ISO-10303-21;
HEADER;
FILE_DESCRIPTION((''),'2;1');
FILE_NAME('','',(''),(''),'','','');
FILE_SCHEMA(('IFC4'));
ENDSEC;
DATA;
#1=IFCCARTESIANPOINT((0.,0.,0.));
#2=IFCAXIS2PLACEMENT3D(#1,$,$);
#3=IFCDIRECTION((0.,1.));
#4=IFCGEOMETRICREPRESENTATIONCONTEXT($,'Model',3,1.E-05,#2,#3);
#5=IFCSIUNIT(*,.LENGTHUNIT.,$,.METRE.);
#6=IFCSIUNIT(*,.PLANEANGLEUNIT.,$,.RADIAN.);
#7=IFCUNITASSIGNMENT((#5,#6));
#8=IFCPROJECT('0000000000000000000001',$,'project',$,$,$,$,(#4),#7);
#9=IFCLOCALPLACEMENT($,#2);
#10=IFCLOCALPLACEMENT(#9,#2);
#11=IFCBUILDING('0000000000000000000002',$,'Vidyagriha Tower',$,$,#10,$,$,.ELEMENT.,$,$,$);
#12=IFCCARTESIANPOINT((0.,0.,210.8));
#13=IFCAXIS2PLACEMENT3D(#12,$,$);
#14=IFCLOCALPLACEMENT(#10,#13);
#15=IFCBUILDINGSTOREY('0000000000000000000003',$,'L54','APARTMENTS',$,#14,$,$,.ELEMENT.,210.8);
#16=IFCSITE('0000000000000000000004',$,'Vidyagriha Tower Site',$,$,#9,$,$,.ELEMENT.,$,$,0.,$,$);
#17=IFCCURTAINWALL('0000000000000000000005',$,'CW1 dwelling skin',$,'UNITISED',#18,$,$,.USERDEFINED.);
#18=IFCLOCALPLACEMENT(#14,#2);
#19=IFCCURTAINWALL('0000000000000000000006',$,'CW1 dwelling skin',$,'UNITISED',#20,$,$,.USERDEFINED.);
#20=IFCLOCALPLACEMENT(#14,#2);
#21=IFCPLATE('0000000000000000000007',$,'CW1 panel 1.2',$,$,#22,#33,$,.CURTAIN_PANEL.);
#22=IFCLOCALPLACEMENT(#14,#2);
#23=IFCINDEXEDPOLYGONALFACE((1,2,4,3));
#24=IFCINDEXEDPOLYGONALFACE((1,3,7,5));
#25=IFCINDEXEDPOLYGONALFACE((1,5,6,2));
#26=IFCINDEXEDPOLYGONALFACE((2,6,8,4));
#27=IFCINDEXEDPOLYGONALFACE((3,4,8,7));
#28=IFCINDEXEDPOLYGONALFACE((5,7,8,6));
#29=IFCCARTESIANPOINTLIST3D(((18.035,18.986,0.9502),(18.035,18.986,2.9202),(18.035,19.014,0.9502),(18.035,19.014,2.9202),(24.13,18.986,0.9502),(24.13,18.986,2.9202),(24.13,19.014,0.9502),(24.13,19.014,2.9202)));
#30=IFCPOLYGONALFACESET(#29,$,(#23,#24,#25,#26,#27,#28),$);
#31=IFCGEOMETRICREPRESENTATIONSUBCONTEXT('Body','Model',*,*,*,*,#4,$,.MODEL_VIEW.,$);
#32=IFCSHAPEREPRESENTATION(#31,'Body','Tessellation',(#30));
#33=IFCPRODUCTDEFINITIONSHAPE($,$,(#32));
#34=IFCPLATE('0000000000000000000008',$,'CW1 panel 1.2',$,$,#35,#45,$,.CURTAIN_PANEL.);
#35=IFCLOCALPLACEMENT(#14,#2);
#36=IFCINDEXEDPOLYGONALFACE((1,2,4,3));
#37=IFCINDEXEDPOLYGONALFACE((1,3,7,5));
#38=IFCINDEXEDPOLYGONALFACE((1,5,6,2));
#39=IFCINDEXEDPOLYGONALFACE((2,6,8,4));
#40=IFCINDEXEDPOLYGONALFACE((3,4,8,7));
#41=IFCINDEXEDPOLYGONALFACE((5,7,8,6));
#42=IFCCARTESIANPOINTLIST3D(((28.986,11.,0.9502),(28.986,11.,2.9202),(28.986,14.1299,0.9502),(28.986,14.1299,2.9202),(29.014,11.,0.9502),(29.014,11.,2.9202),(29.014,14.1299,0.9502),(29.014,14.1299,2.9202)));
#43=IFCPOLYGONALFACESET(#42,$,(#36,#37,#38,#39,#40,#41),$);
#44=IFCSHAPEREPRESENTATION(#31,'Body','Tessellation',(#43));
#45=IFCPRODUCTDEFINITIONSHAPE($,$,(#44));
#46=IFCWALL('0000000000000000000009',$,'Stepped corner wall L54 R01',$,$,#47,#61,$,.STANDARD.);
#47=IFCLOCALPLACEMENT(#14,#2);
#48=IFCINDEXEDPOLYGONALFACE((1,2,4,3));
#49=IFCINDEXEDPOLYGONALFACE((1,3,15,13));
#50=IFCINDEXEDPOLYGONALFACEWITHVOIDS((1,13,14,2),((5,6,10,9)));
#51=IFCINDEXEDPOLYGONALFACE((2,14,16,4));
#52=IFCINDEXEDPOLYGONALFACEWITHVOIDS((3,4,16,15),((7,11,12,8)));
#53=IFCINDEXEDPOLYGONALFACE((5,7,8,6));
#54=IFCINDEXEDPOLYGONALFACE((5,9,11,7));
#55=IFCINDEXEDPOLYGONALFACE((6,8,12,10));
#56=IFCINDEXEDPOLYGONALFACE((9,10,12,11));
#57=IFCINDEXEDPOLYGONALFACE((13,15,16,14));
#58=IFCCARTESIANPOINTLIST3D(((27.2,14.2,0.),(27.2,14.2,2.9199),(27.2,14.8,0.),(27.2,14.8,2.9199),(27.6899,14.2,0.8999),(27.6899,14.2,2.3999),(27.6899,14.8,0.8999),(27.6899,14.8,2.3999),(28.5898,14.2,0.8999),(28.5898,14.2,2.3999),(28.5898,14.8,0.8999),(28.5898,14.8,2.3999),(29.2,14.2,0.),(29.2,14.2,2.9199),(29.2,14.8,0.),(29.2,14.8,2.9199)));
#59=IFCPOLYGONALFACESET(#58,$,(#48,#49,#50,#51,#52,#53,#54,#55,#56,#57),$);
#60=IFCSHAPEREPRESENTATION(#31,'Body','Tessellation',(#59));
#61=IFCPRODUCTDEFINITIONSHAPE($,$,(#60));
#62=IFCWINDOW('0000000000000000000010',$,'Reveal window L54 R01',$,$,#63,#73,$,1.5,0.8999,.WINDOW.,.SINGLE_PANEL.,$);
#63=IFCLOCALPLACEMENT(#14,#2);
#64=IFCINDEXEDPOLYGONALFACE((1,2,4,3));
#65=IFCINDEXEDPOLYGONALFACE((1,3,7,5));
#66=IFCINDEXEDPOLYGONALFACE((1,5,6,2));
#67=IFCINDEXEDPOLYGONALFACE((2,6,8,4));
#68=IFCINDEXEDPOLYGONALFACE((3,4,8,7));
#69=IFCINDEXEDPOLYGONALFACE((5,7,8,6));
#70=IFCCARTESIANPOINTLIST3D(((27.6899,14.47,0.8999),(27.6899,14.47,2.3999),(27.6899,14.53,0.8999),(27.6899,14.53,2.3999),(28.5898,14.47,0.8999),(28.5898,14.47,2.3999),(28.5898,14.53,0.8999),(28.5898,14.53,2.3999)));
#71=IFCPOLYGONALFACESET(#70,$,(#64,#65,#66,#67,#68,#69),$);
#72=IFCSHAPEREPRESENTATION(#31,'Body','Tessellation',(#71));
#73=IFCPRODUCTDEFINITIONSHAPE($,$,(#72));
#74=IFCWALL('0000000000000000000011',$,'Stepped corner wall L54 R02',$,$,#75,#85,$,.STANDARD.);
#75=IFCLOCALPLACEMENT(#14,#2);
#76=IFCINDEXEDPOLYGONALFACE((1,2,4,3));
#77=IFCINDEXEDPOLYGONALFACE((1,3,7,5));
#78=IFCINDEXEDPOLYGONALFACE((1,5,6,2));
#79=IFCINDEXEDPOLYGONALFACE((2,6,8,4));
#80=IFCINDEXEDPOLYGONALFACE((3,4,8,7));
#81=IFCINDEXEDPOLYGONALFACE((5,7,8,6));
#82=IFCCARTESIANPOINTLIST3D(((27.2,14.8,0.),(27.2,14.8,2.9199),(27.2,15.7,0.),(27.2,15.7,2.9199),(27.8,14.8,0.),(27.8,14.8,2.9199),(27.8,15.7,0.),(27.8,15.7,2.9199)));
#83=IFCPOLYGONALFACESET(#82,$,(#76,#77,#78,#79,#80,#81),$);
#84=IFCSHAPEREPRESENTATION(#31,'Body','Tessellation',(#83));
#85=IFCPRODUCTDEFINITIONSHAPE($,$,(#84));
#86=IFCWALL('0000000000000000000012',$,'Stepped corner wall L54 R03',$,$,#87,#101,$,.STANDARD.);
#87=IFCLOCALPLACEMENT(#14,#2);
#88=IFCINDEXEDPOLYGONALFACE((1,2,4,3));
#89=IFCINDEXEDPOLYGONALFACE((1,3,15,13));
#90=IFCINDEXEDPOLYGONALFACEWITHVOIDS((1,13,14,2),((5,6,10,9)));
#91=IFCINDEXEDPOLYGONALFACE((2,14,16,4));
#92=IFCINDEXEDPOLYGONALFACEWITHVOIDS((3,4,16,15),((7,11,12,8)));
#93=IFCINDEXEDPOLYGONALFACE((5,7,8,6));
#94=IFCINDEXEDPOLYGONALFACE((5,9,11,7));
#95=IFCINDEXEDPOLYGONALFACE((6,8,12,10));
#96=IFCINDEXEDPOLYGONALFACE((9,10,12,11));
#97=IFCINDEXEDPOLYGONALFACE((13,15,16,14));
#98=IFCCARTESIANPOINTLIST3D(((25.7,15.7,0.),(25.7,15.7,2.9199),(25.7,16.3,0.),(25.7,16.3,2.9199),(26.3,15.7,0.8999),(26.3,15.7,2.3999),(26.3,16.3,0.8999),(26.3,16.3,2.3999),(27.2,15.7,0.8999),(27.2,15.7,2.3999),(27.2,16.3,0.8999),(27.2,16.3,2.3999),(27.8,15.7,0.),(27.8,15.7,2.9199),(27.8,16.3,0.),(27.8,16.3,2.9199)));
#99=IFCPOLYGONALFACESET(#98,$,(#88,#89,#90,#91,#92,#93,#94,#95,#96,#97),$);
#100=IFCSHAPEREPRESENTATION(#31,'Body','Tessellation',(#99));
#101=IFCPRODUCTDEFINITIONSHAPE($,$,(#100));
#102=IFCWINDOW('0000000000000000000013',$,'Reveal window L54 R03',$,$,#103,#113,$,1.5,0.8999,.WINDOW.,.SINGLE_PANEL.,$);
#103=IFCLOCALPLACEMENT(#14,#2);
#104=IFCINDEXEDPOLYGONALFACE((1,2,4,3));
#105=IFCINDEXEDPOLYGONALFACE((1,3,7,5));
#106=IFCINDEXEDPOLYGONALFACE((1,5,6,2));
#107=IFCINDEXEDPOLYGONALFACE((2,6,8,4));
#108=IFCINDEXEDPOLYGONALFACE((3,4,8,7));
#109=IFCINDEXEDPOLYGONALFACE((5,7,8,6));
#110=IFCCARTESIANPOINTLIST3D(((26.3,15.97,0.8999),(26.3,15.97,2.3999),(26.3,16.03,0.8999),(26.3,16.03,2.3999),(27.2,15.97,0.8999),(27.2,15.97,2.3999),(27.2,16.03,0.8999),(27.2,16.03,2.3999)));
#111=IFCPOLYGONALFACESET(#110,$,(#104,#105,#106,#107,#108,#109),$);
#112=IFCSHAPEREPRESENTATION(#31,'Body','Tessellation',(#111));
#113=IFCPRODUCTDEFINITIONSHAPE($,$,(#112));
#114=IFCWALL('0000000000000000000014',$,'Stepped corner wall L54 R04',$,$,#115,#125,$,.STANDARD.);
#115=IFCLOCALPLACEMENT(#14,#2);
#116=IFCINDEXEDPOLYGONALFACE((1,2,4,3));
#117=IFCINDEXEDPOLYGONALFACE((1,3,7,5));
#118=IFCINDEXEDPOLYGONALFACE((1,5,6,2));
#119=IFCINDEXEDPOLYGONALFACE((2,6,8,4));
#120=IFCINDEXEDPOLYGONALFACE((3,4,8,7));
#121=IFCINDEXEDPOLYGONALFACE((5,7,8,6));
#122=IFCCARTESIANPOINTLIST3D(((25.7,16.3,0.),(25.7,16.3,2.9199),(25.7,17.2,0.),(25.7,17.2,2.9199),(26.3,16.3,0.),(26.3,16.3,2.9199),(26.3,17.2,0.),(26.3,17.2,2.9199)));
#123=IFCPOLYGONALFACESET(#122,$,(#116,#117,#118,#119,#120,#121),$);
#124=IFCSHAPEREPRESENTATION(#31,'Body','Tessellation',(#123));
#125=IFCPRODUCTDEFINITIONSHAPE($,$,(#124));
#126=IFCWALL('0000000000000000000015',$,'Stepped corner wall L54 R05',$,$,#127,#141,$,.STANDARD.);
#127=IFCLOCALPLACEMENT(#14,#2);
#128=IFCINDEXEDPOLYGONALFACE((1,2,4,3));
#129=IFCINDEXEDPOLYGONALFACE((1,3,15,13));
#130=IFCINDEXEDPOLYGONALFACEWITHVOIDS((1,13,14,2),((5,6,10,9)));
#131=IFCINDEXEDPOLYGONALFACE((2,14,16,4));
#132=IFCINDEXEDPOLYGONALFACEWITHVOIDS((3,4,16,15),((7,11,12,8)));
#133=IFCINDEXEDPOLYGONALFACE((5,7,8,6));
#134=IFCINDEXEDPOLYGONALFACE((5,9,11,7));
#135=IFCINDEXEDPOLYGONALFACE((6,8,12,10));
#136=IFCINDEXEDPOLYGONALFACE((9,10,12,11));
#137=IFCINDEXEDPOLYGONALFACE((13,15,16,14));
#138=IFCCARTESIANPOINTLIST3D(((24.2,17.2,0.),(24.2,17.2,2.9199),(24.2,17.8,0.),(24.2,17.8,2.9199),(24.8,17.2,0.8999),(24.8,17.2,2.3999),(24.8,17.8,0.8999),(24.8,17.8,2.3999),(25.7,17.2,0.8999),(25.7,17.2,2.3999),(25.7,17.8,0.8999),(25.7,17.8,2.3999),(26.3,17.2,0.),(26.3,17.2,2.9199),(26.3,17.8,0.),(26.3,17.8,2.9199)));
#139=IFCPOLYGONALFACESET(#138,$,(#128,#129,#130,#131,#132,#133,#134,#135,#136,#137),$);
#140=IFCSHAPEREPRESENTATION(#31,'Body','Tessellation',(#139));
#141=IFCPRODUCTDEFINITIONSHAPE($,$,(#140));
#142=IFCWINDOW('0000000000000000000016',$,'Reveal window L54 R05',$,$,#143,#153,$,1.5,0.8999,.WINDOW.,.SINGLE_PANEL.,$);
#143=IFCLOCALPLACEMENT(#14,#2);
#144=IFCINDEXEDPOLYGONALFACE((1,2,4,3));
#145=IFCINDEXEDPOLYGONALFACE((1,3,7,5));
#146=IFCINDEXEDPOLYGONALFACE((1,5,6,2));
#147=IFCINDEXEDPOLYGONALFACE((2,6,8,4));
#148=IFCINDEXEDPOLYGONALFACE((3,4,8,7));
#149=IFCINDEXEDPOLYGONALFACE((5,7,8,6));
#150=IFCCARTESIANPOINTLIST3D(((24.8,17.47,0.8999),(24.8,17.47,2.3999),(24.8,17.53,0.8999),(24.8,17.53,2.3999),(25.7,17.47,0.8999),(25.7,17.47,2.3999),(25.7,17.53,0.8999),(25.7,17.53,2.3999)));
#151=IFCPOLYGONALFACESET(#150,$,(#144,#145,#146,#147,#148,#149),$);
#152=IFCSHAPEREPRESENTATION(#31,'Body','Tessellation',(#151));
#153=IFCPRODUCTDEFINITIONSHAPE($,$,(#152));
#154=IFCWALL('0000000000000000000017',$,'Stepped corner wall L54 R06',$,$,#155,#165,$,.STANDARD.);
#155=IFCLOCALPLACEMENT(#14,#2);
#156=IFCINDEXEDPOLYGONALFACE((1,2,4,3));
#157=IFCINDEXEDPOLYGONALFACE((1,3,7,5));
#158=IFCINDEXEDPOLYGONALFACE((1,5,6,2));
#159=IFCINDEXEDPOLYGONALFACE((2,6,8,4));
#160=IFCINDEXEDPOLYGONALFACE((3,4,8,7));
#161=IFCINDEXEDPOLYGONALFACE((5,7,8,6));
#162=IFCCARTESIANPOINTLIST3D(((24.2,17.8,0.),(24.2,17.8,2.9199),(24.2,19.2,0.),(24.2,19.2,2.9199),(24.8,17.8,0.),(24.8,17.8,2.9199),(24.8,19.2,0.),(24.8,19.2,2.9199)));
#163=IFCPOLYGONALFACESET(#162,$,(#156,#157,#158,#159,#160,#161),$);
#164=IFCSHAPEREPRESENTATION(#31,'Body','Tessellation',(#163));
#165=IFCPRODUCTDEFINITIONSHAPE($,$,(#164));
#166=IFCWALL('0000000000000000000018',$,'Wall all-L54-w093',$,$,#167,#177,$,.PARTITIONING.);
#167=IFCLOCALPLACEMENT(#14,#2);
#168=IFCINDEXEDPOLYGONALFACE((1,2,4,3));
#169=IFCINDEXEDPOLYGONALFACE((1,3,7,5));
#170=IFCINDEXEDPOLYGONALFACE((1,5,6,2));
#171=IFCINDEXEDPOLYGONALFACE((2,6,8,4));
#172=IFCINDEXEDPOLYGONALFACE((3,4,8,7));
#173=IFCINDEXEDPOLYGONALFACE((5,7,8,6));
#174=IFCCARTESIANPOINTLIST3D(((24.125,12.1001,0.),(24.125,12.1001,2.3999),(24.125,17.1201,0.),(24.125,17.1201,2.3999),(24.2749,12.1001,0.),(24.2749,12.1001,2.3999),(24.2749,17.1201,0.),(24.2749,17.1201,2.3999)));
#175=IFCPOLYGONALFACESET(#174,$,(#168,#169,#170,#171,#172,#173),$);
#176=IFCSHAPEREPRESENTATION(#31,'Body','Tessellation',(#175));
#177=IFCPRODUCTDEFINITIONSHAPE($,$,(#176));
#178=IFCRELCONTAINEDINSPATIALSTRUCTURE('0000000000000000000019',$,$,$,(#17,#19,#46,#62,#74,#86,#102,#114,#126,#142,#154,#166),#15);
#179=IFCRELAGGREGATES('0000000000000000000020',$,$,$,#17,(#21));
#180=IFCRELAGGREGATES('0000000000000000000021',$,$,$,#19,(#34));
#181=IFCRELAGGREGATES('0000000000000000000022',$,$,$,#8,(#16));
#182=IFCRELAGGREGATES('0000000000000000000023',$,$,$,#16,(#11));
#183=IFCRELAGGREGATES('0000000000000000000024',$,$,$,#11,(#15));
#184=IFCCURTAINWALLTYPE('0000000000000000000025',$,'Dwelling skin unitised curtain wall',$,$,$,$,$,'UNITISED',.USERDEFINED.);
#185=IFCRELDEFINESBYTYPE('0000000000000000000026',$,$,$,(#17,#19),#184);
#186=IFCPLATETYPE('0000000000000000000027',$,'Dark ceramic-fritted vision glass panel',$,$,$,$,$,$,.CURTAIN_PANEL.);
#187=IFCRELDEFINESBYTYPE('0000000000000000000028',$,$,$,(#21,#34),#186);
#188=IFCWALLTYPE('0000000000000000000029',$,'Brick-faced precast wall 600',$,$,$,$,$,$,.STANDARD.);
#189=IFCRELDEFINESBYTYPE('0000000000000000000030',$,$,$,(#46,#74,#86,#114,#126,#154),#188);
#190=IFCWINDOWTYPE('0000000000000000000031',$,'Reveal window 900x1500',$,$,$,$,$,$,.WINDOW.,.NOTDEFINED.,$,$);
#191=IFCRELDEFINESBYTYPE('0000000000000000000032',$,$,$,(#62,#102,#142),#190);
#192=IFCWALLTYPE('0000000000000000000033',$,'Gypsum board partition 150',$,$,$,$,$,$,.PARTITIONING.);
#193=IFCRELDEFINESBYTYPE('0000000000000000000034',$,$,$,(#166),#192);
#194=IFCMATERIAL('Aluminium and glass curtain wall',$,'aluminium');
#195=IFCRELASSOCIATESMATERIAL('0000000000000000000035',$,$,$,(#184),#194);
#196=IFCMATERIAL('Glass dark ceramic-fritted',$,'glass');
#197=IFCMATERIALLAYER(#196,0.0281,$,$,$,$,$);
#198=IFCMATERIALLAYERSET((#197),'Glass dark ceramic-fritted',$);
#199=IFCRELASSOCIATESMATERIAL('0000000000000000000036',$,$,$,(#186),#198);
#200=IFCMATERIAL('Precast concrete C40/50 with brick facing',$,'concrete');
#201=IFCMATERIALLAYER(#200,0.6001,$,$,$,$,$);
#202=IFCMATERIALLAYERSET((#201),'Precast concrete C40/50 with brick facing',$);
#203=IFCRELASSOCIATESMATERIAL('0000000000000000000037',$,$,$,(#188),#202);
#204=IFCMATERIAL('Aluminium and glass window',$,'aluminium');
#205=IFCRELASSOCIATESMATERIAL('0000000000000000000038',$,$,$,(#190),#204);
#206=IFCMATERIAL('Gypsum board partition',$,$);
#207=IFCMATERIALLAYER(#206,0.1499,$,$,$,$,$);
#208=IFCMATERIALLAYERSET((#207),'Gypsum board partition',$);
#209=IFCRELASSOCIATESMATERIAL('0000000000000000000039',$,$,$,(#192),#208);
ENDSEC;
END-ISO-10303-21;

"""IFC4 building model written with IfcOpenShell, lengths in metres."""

from ifc_helpers import new_model, si_unit, direction, frame, frame_2d, origin, origin_2d, place, context, subcontext, project, spatial, rectangle, extrude, material, layer, layer_set, type_object, element, fill, aggregate, save


model = new_model("IFC4")

# Units and contexts
model_context = context("Model", 3, precision=1e-05, world=origin(), true_north=direction((0.0, 1.0)))
body_context = subcontext(model_context, "Body", "Model", "MODEL_VIEW")
ifc_project = project(units=[si_unit("LENGTHUNIT", "METRE"), si_unit("PLANEANGLEUNIT", "RADIAN")], contexts=[model_context])

# Site, building, storey
site_placement = place(None, origin())
site = spatial("IfcSite", under=ifc_project, at=site_placement, Name="Vidyagriha Tower Site", CompositionType="ELEMENT", RefElevation=0.0)
building_placement = place(site_placement, origin())
building = spatial("IfcBuilding", under=site, at=building_placement, Name="Vidyagriha Tower", CompositionType="ELEMENT")
storey_placement = place(building_placement, frame((0.0, 0.0, 210.8)))
storey = spatial("IfcBuildingStorey", under=building, at=storey_placement, Name="L54", Description="APARTMENTS", CompositionType="ELEMENT", Elevation=210.8)

# Curtain wall
ifc_material_1 = material(Name="Aluminium and glass curtain wall", Category="aluminium")
curtain_wall_type = type_object("IfcCurtainWallType", Name="Dwelling skin unitised curtain wall", ElementType="UNITISED", PredefinedType="USERDEFINED", material=ifc_material_1)
curtain_wall_1_placement = place(storey_placement, origin())
curtain_wall_1 = element("IfcCurtainWall", 1, at=curtain_wall_1_placement, inside=storey, type_object=curtain_wall_type, Name="CW1 dwelling skin", ObjectType="UNITISED", PredefinedType="USERDEFINED")

# Curtain wall
curtain_wall_2_placement = place(storey_placement, origin())
curtain_wall_2 = element("IfcCurtainWall", 2, at=curtain_wall_2_placement, inside=storey, type_object=curtain_wall_type, Name="CW1 dwelling skin", ObjectType="UNITISED", PredefinedType="USERDEFINED")

# Plates
ifc_material_2 = material(Name="Glass dark ceramic-fritted", Category="glass")
ifc_layer_1 = layer(ifc_material_2, 0.0281)
ifc_layer_set_1 = layer_set([ifc_layer_1], Name="Glass dark ceramic-fritted")
plate_type_1 = type_object("IfcPlateType", Name="Dark ceramic-fritted vision glass panel", PredefinedType="CURTAIN_PANEL", material=ifc_layer_set_1)
plate_1_placement = place(storey_placement, frame((21.0825, 19.0, 0.9502), z_axis=(0.0, 0.0, 1.0), x_axis=(-1.0, 0.0, 0.0)))
plate_1 = element("IfcPlate", 3, at=plate_1_placement, type_object=plate_type_1, Name="CW1 panel 1.2", PredefinedType="CURTAIN_PANEL", context=body_context, shape_type="SweptSolid", body=[
    extrude(rectangle(XDim=6.095, YDim=0.0281, at=origin_2d()), origin(), (0.0, 0.0, 1.0), 1.97),
])
aggregate(curtain_wall_1, [plate_1])
plate_2_placement = place(storey_placement, frame((29.0, 12.5649, 0.9502), z_axis=(0.0, 0.0, 1.0), x_axis=(0.0, 1.0, 0.0)))
plate_2 = element("IfcPlate", 4, at=plate_2_placement, type_object=plate_type_1, Name="CW1 panel 1.2", PredefinedType="CURTAIN_PANEL", context=body_context, shape_type="SweptSolid", body=[
    extrude(rectangle(XDim=3.1299, YDim=0.0281, at=origin_2d()), origin(), (0.0, 0.0, 1.0), 1.97),
])
aggregate(curtain_wall_2, [plate_2])

# Wall, opening, window
ifc_material_3 = material(Name="Precast concrete C40/50 with brick facing", Category="concrete")
ifc_layer_2 = layer(ifc_material_3, 0.6001)
ifc_layer_set_2 = layer_set([ifc_layer_2], Name="Precast concrete C40/50 with brick facing")
wall_type_1 = type_object("IfcWallType", Name="Brick-faced precast wall 600", PredefinedType="STANDARD", material=ifc_layer_set_2)
wall_1_placement = place(storey_placement, frame((29.2, 14.5, 0.0), z_axis=(0.0, 0.0, 1.0), x_axis=(-1.0, 0.0, 0.0)))
wall_1 = element("IfcWall", 5, at=wall_1_placement, inside=storey, type_object=wall_type_1, Name="Stepped corner wall L54 R01", PredefinedType="STANDARD", context=body_context, shape_type="SweptSolid", body=[
    extrude(rectangle(XDim=2.0, YDim=0.6001, at=frame_2d((1.0, 0.0))), origin(), (0.0, 0.0, 1.0), 2.9199),
])
opening_1_placement = place(wall_1_placement, frame((0.6101, 0.0, 0.8999)))
opening_1 = element("IfcOpeningElement", 6, at=opening_1_placement, cuts=wall_1, PredefinedType="OPENING", context=body_context, shape_type="SweptSolid", body=[
    extrude(rectangle(XDim=0.8999, YDim=1.5, at=frame_2d((0.45, 0.75))), frame((0.0, 0.3101, 0.0), z_axis=(0.0, -1.0, 0.0), x_axis=(1.0, 0.0, 0.0)), (0.0, 0.0, 1.0), 0.6201),
])
ifc_material_4 = material(Name="Aluminium and glass window", Category="aluminium")
window_type = type_object("IfcWindowType", Name="Reveal window 900x1500", PartitioningType="NOTDEFINED", PredefinedType="WINDOW", material=ifc_material_4)
window_1_placement = place(opening_1_placement, origin())
window_1 = element("IfcWindow", 7, at=window_1_placement, inside=storey, type_object=window_type, Name="Reveal window L54 R01", OverallHeight=1.5, OverallWidth=0.8999, PartitioningType="SINGLE_PANEL", PredefinedType="WINDOW", context=body_context, shape_type="SweptSolid", body=[
    extrude(rectangle(XDim=0.8999, YDim=1.5, at=frame_2d((0.45, 0.75))), frame((0.0, 0.03, 0.0), z_axis=(0.0, -1.0, 0.0), x_axis=(1.0, 0.0, 0.0)), (0.0, 0.0, 1.0), 0.0601),
])
fill(opening_1, window_1)

# Wall
wall_2_placement = place(storey_placement, frame((27.5, 14.8, 0.0), z_axis=(0.0, 0.0, 1.0), x_axis=(0.0, 1.0, 0.0)))
element("IfcWall", 8, at=wall_2_placement, inside=storey, type_object=wall_type_1, Name="Stepped corner wall L54 R02", PredefinedType="STANDARD", context=body_context, shape_type="SweptSolid", body=[
    extrude(rectangle(XDim=0.8999, YDim=0.6001, at=frame_2d((0.45, 0.0))), origin(), (0.0, 0.0, 1.0), 2.9199),
])

# Wall, opening, window
wall_3_placement = place(storey_placement, frame((27.8, 16.0, 0.0), z_axis=(0.0, 0.0, 1.0), x_axis=(-1.0, 0.0, 0.0)))
wall_3 = element("IfcWall", 9, at=wall_3_placement, inside=storey, type_object=wall_type_1, Name="Stepped corner wall L54 R03", PredefinedType="STANDARD", context=body_context, shape_type="SweptSolid", body=[
    extrude(rectangle(XDim=2.1001, YDim=0.6001, at=frame_2d((1.05, 0.0))), origin(), (0.0, 0.0, 1.0), 2.9199),
])
opening_2_placement = place(wall_3_placement, frame((0.6001, 0.0, 0.8999)))
opening_2 = element("IfcOpeningElement", 10, at=opening_2_placement, cuts=wall_3, PredefinedType="OPENING", context=body_context, shape_type="SweptSolid", body=[
    extrude(rectangle(XDim=0.8999, YDim=1.5, at=frame_2d((0.45, 0.75))), frame((0.0, 0.3101, 0.0), z_axis=(0.0, -1.0, 0.0), x_axis=(1.0, 0.0, 0.0)), (0.0, 0.0, 1.0), 0.6201),
])
window_2_placement = place(opening_2_placement, origin())
window_2 = element("IfcWindow", 11, at=window_2_placement, inside=storey, type_object=window_type, Name="Reveal window L54 R03", OverallHeight=1.5, OverallWidth=0.8999, PartitioningType="SINGLE_PANEL", PredefinedType="WINDOW", context=body_context, shape_type="SweptSolid", body=[
    extrude(rectangle(XDim=0.8999, YDim=1.5, at=frame_2d((0.45, 0.75))), frame((0.0, 0.03, 0.0), z_axis=(0.0, -1.0, 0.0), x_axis=(1.0, 0.0, 0.0)), (0.0, 0.0, 1.0), 0.0601),
])
fill(opening_2, window_2)

# Wall
wall_4_placement = place(storey_placement, frame((26.0, 16.3, 0.0), z_axis=(0.0, 0.0, 1.0), x_axis=(0.0, 1.0, 0.0)))
element("IfcWall", 12, at=wall_4_placement, inside=storey, type_object=wall_type_1, Name="Stepped corner wall L54 R04", PredefinedType="STANDARD", context=body_context, shape_type="SweptSolid", body=[
    extrude(rectangle(XDim=0.8999, YDim=0.6001, at=frame_2d((0.45, 0.0))), origin(), (0.0, 0.0, 1.0), 2.9199),
])

# Wall, opening, window
wall_5_placement = place(storey_placement, frame((26.3, 17.5, 0.0), z_axis=(0.0, 0.0, 1.0), x_axis=(-1.0, 0.0, 0.0)))
wall_5 = element("IfcWall", 13, at=wall_5_placement, inside=storey, type_object=wall_type_1, Name="Stepped corner wall L54 R05", PredefinedType="STANDARD", context=body_context, shape_type="SweptSolid", body=[
    extrude(rectangle(XDim=2.1001, YDim=0.6001, at=frame_2d((1.05, 0.0))), origin(), (0.0, 0.0, 1.0), 2.9199),
])
opening_3_placement = place(wall_5_placement, frame((0.6001, 0.0, 0.8999)))
opening_3 = element("IfcOpeningElement", 14, at=opening_3_placement, cuts=wall_5, PredefinedType="OPENING", context=body_context, shape_type="SweptSolid", body=[
    extrude(rectangle(XDim=0.8999, YDim=1.5, at=frame_2d((0.45, 0.75))), frame((0.0, 0.3101, 0.0), z_axis=(0.0, -1.0, 0.0), x_axis=(1.0, 0.0, 0.0)), (0.0, 0.0, 1.0), 0.6201),
])
window_3_placement = place(opening_3_placement, origin())
window_3 = element("IfcWindow", 15, at=window_3_placement, inside=storey, type_object=window_type, Name="Reveal window L54 R05", OverallHeight=1.5, OverallWidth=0.8999, PartitioningType="SINGLE_PANEL", PredefinedType="WINDOW", context=body_context, shape_type="SweptSolid", body=[
    extrude(rectangle(XDim=0.8999, YDim=1.5, at=frame_2d((0.45, 0.75))), frame((0.0, 0.03, 0.0), z_axis=(0.0, -1.0, 0.0), x_axis=(1.0, 0.0, 0.0)), (0.0, 0.0, 1.0), 0.0601),
])
fill(opening_3, window_3)

# Walls
wall_6_placement = place(storey_placement, frame((24.5, 17.8, 0.0), z_axis=(0.0, 0.0, 1.0), x_axis=(0.0, 1.0, 0.0)))
element("IfcWall", 16, at=wall_6_placement, inside=storey, type_object=wall_type_1, Name="Stepped corner wall L54 R06", PredefinedType="STANDARD", context=body_context, shape_type="SweptSolid", body=[
    extrude(rectangle(XDim=1.3999, YDim=0.6001, at=frame_2d((0.7, 0.0))), origin(), (0.0, 0.0, 1.0), 2.9199),
])
ifc_material_5 = material(Name="Gypsum board partition")
ifc_layer_3 = layer(ifc_material_5, 0.1499)
ifc_layer_set_3 = layer_set([ifc_layer_3], Name="Gypsum board partition")
wall_type_2 = type_object("IfcWallType", Name="Gypsum board partition 150", PredefinedType="PARTITIONING", material=ifc_layer_set_3)
wall_7_placement = place(storey_placement, frame((24.2, 17.1201, 0.0), z_axis=(0.0, 0.0, 1.0), x_axis=(0.0, -1.0, 0.0)))
element("IfcWall", 17, at=wall_7_placement, inside=storey, type_object=wall_type_2, Name="Wall all-L54-w093", PredefinedType="PARTITIONING", context=body_context, shape_type="SweptSolid", body=[
    extrude(rectangle(XDim=5.02, YDim=0.1499, at=frame_2d((2.51, 0.0))), origin(), (0.0, 0.0, 1.0), 2.3999),
])

save(model, "model.ifc")
